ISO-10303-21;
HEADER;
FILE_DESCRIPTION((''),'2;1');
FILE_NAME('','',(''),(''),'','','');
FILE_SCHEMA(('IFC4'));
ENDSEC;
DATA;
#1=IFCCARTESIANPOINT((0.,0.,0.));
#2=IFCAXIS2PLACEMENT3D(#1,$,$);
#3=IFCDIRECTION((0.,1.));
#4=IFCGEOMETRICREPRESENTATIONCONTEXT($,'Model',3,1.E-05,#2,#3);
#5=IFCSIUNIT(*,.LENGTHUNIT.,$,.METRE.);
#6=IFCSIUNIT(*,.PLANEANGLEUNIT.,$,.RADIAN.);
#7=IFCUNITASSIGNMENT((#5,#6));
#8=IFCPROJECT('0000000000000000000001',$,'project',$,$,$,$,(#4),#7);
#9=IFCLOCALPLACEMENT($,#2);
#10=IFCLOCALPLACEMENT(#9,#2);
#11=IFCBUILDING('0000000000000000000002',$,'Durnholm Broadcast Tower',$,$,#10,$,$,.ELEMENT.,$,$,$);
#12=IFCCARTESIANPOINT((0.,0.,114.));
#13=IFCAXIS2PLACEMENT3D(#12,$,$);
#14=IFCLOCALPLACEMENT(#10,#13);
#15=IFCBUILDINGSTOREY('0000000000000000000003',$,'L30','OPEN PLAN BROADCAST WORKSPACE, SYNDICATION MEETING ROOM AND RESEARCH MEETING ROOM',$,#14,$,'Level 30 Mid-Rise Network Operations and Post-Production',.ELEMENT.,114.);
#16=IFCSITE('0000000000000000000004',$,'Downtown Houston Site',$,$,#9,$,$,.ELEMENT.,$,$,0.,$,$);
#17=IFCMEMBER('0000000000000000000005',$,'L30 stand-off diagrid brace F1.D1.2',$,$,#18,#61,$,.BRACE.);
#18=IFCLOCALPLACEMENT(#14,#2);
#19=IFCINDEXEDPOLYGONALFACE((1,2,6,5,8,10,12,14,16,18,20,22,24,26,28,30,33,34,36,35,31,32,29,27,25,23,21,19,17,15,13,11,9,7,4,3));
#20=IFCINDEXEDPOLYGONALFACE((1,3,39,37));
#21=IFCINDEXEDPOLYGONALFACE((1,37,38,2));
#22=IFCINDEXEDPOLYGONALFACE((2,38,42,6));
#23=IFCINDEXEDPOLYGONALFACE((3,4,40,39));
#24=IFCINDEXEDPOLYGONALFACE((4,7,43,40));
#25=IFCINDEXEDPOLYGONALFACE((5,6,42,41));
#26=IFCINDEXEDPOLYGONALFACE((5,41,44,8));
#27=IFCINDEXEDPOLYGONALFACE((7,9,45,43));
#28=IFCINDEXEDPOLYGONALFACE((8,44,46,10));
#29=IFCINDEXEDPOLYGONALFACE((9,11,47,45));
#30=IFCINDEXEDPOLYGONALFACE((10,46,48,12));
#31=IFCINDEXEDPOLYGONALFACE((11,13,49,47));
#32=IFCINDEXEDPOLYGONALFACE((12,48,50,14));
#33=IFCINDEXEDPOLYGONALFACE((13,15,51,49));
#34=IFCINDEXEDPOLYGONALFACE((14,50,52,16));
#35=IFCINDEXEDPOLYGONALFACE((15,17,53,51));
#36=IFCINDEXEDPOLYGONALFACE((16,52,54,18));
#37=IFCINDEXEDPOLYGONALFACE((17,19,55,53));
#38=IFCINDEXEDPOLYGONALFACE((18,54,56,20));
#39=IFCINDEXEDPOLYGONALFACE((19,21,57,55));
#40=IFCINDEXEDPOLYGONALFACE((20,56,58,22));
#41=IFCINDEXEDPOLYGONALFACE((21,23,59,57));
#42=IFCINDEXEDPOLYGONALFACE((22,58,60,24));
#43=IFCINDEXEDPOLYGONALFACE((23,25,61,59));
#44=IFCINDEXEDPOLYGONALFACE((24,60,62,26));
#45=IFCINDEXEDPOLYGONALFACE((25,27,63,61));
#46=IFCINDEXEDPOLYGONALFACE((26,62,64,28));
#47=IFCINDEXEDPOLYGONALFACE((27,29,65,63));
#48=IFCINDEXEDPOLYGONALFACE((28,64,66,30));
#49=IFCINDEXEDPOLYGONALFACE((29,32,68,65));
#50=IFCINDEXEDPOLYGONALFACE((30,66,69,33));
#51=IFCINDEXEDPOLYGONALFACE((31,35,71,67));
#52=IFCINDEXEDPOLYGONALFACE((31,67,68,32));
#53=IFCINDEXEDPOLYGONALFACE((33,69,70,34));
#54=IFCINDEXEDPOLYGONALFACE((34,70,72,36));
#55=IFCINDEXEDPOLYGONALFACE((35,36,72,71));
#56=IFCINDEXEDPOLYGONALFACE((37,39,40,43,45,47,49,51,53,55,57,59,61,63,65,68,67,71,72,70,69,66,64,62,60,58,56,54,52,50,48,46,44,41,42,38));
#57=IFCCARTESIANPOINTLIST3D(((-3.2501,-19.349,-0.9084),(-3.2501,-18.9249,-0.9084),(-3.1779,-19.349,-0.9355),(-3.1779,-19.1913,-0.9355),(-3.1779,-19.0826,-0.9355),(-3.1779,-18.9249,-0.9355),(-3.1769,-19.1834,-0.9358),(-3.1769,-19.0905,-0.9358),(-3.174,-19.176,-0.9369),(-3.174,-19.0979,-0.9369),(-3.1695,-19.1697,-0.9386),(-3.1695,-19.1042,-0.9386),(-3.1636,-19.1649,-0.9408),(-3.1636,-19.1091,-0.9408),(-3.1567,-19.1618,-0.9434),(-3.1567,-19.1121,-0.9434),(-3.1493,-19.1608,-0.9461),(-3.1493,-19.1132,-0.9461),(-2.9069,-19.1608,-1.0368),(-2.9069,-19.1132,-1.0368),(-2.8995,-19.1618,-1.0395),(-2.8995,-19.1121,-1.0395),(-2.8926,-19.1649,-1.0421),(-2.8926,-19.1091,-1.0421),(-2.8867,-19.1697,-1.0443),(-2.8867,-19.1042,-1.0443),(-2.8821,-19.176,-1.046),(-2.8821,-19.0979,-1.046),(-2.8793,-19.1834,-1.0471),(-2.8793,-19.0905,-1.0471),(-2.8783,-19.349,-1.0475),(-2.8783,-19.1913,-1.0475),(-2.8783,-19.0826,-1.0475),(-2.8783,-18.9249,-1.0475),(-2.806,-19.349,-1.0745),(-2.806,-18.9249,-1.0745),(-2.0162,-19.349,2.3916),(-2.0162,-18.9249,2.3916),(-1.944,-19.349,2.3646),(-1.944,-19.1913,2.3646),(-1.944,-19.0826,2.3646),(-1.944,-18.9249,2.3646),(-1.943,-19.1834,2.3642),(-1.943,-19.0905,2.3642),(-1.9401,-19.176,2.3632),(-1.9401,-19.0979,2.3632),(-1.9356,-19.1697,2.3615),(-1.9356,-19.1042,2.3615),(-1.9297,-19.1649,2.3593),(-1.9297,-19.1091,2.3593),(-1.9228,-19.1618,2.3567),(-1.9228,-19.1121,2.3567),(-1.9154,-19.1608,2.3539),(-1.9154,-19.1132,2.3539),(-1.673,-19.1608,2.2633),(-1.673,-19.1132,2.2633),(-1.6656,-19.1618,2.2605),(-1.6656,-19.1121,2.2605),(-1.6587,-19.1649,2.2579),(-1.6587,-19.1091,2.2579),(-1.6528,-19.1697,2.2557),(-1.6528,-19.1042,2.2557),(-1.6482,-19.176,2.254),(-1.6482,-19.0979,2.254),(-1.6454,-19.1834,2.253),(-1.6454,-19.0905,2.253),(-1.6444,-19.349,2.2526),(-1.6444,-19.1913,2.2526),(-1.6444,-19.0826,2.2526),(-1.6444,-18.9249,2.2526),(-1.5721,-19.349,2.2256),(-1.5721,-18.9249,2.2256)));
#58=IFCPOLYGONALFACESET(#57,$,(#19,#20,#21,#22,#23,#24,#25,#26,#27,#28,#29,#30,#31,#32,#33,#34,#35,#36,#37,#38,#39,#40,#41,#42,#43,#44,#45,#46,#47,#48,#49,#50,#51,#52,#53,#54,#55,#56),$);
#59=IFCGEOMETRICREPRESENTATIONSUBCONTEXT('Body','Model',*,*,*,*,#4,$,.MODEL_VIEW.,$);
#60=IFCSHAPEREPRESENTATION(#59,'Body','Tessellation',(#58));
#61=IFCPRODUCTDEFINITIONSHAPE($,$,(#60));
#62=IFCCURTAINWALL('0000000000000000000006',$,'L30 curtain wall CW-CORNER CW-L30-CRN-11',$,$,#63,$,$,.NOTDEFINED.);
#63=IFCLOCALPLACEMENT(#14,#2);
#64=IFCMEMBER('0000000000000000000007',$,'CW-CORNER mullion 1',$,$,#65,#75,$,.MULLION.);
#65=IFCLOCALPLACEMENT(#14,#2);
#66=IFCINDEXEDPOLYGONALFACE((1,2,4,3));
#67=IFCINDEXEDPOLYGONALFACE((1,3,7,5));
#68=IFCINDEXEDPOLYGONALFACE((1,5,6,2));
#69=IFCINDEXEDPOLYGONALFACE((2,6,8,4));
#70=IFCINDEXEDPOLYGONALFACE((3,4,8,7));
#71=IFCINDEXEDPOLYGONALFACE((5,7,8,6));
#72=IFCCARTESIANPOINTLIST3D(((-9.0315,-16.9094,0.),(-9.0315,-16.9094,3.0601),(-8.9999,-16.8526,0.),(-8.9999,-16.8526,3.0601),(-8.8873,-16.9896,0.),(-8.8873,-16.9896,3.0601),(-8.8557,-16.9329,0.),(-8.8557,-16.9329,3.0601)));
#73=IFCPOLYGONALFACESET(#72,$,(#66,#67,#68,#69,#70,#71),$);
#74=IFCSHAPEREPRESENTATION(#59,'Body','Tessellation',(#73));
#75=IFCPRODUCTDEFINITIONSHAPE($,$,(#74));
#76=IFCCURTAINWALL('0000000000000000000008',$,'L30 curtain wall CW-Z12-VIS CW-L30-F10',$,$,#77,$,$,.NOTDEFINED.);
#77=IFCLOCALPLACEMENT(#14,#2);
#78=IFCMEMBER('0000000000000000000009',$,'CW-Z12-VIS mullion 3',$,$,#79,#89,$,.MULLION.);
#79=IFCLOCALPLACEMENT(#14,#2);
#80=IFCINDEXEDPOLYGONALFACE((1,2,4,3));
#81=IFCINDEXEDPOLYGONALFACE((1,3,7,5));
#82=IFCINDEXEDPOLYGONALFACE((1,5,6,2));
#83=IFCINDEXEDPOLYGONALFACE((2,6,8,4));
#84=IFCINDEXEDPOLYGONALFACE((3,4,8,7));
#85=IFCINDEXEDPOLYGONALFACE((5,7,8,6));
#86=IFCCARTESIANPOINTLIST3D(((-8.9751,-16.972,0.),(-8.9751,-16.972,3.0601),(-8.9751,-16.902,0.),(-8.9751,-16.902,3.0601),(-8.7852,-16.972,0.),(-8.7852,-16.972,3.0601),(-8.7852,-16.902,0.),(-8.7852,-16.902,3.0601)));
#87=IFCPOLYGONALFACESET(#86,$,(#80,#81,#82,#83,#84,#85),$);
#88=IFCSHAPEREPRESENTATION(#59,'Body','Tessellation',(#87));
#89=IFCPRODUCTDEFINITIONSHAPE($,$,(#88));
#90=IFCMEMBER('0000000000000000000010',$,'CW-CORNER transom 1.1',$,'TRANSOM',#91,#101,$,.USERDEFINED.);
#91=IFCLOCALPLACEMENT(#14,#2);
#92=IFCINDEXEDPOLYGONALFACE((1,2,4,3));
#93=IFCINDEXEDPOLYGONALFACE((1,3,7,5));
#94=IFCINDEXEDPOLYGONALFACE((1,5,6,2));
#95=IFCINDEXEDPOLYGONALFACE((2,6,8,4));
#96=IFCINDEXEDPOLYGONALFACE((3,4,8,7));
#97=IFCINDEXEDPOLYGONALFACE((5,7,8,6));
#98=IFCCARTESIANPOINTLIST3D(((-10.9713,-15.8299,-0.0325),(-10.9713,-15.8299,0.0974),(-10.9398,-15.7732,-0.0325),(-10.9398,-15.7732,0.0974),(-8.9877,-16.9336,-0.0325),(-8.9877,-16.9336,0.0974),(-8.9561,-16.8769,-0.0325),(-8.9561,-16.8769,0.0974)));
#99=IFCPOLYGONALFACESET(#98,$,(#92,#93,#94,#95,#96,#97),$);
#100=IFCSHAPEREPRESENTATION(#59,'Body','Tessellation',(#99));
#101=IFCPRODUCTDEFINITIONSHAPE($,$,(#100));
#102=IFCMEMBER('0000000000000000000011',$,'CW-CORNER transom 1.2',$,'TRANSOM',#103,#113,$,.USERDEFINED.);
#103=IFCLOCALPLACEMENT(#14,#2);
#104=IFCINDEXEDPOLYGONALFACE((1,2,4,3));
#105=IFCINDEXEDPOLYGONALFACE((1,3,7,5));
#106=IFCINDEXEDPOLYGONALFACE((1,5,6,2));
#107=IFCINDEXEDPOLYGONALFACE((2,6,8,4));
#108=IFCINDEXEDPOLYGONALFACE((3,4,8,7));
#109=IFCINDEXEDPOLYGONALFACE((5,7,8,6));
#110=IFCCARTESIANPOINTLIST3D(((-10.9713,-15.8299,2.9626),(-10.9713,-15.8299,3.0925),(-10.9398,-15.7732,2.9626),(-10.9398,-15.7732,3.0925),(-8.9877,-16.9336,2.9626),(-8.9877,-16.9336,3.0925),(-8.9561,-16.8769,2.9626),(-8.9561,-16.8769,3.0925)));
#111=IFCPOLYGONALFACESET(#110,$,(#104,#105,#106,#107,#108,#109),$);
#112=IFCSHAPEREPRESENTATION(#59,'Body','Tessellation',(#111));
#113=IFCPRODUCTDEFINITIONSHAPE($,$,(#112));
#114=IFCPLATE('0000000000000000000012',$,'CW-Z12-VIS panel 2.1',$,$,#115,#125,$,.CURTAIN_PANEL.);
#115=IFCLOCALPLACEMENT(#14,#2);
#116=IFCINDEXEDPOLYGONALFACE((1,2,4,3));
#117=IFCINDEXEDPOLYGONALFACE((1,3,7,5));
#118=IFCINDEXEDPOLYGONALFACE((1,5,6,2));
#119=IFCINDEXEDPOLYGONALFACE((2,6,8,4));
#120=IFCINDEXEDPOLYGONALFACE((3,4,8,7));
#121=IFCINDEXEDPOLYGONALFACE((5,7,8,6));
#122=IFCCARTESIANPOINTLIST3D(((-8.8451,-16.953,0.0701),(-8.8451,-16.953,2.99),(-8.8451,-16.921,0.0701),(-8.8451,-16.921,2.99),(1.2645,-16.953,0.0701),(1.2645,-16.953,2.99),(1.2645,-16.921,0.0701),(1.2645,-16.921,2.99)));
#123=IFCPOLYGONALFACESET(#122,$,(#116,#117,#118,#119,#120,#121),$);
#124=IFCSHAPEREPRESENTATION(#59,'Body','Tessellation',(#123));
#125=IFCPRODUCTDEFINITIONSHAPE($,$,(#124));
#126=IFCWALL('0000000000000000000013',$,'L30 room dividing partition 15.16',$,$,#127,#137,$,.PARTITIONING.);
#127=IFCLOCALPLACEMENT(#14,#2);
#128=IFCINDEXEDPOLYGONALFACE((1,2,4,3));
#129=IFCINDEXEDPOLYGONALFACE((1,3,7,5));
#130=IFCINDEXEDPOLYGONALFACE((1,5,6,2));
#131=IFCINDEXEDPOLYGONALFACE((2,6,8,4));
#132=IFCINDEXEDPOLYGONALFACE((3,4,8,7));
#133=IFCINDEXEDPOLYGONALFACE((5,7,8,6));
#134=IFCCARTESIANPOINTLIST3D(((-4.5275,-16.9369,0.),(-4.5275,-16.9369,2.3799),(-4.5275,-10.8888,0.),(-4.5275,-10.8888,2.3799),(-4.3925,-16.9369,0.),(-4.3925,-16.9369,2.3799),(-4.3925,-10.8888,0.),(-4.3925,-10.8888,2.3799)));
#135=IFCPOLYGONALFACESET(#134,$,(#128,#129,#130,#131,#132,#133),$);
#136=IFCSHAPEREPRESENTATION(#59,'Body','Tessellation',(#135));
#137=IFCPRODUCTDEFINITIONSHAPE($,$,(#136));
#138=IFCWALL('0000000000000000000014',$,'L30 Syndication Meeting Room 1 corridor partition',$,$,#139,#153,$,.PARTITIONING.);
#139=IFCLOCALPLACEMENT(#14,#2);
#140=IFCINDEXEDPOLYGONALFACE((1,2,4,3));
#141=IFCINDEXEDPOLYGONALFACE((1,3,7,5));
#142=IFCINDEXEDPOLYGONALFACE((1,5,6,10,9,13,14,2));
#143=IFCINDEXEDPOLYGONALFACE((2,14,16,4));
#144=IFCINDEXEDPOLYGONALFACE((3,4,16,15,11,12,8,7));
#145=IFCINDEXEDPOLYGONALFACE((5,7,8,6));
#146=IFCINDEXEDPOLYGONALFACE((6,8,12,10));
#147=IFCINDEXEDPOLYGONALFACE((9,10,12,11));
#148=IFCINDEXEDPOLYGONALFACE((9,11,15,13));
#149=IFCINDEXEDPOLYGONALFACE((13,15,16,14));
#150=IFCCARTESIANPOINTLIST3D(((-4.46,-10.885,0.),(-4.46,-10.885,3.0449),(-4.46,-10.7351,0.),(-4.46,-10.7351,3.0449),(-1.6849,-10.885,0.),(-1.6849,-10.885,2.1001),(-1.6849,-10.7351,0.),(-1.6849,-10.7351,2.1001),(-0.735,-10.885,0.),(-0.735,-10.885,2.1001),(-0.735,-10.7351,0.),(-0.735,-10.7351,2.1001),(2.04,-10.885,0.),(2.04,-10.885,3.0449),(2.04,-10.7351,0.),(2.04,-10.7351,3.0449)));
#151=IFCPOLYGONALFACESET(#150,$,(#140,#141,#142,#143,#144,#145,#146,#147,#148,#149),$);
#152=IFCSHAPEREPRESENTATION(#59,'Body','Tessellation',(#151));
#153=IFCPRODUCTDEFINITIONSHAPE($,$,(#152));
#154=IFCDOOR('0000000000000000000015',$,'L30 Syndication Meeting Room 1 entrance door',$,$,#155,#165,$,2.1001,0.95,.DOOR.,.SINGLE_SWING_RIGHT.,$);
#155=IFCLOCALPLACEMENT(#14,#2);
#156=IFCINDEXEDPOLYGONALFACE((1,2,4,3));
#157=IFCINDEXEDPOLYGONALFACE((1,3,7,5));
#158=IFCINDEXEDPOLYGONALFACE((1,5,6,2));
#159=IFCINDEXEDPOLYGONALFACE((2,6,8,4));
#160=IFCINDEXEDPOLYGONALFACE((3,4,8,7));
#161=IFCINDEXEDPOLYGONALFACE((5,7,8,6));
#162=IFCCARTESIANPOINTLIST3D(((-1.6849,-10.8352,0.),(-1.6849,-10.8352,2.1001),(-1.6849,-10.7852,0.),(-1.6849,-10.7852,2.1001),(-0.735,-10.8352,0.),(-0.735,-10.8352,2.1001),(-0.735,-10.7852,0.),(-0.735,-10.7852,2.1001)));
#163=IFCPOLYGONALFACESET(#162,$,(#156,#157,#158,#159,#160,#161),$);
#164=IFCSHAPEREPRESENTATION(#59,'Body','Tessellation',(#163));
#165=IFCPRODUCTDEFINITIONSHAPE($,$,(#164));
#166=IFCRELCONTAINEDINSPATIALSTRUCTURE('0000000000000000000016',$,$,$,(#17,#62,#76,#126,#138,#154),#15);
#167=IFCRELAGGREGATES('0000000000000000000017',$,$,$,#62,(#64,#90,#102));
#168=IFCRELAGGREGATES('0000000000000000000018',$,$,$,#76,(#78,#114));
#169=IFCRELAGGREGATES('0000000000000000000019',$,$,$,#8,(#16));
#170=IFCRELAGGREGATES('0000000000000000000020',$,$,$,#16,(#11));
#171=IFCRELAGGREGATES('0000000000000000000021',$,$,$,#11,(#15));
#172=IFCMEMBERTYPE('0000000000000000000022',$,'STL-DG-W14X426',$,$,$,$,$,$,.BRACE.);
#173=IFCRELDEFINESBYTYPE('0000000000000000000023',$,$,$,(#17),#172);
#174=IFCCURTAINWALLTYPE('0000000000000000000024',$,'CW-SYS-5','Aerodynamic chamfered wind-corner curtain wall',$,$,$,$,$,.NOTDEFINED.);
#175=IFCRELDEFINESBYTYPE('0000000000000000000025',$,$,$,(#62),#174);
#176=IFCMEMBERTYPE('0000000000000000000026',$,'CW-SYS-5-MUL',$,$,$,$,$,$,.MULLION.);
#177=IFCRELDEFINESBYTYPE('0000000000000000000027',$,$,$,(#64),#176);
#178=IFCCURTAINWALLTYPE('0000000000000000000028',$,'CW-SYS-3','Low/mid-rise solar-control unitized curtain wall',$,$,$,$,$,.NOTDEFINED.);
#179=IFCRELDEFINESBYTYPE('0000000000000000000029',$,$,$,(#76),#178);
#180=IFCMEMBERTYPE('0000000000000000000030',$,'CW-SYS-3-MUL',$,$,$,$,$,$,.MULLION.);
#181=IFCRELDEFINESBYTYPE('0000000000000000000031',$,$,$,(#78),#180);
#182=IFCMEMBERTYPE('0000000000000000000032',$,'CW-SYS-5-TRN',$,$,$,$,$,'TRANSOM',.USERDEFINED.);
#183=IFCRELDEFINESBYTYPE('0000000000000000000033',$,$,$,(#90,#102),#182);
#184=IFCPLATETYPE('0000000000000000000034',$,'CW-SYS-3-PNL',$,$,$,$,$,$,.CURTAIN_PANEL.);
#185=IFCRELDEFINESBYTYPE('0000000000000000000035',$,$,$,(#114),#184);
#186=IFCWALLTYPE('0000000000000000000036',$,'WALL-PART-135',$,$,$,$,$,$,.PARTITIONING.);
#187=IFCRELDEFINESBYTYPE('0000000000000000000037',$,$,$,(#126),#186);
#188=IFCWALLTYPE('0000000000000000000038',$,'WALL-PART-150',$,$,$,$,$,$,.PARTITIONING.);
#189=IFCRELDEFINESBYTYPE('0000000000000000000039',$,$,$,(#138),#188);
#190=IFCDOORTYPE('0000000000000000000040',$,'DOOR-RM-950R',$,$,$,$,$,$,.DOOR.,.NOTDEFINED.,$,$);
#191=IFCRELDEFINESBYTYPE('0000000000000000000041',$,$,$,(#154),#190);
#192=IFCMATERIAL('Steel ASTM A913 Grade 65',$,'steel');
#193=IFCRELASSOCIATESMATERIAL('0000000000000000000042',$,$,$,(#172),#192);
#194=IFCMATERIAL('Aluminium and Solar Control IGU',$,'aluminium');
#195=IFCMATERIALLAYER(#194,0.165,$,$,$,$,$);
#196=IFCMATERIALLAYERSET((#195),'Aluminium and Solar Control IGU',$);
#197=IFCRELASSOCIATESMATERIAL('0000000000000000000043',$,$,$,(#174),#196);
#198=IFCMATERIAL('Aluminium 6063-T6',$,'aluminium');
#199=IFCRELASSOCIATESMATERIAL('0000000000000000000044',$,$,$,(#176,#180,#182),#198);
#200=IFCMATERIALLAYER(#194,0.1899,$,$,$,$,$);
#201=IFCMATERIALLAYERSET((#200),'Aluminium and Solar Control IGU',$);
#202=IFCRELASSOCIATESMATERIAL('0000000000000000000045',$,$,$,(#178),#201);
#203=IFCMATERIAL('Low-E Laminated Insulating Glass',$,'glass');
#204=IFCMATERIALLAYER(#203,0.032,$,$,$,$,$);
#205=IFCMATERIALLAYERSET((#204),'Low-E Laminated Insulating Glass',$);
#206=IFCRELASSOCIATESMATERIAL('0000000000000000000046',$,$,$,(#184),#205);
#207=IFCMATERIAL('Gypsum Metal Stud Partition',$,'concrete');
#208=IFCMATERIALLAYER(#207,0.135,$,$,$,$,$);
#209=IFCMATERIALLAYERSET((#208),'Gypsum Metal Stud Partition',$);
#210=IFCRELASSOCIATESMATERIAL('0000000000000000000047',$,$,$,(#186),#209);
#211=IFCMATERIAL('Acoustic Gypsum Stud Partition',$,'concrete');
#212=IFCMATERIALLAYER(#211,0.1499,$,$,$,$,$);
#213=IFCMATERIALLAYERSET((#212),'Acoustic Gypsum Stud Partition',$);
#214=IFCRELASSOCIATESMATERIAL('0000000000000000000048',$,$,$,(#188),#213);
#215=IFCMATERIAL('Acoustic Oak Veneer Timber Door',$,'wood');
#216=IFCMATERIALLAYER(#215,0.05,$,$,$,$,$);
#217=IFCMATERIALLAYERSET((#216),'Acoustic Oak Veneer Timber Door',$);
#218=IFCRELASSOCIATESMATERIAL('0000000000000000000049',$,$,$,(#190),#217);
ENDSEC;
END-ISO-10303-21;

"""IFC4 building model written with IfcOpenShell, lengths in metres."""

from ifc_helpers import new_model, si_unit, direction, frame, frame_2d, origin, origin_2d, place, context, subcontext, project, spatial, rectangle, i_section, extrude, source, transform, mapped, material, layer, layer_set, material_profile, profile_set, type_object, type_shapes, element, fill, aggregate, save


model = new_model("IFC4")

# Units and contexts
model_context = context("Model", 3, precision=1e-05, world=origin(), true_north=direction((0.0, 1.0)))
body_context = subcontext(model_context, "Body", "Model", "MODEL_VIEW")
ifc_project = project(units=[si_unit("LENGTHUNIT", "METRE"), si_unit("PLANEANGLEUNIT", "RADIAN")], contexts=[model_context])

# Site, building, storey
site_placement = place(None, origin())
site = spatial("IfcSite", under=ifc_project, at=site_placement, Name="Downtown Houston Site", CompositionType="ELEMENT", RefElevation=0.0)
building_placement = place(site_placement, origin())
building = spatial("IfcBuilding", under=site, at=building_placement, Name="Durnholm Broadcast Tower", CompositionType="ELEMENT")
storey_placement = place(building_placement, frame((0.0, 0.0, 114.0)))
storey = spatial("IfcBuildingStorey", under=building, at=storey_placement, Name="L30", Description="OPEN PLAN BROADCAST WORKSPACE, SYNDICATION MEETING ROOM AND RESEARCH MEETING ROOM", LongName="Level 30 Mid-Rise Network Operations and Post-Production", CompositionType="ELEMENT", Elevation=114.0)

# Member
ifc_material_1 = material(Name="Steel ASTM A913 Grade 65", Category="steel")
ifc_material_profile_1 = material_profile(ifc_material_1, i_section(OverallWidth=0.4241, OverallDepth=0.4741, WebThickness=0.0476, FlangeThickness=0.0771, FilletRadius=0.0305, at=origin_2d()), Name="W14X426")
ifc_profile_set_1 = profile_set([ifc_material_profile_1], Name="Steel ASTM A913 Grade 65")
member_type_1 = type_object("IfcMemberType", Name="STL-DG-W14X426", PredefinedType="BRACE", material=ifc_profile_set_1)
shared_shape_1 = source(origin(), body_context, "Body", "SweptSolid", [
    extrude(i_section(OverallWidth=0.4241, OverallDepth=0.4741, WebThickness=0.0476, FlangeThickness=0.0771, FilletRadius=0.0305, at=origin_2d()), origin(), (0.0, 0.0, 1.0), 3.5232),
])
type_shapes(member_type_1, [shared_shape_1])
for number, where, z_axis, x_axis, name in (
    (1, (-3.0281, -19.137, -0.9915), (0.35022, 0.0, 0.936668), (0.0, 1.0, 0.0), "L30 stand-off diagrid brace F1.D1.2"),
):
    element("IfcMember", number, at=place(storey_placement, frame(where, z_axis=z_axis, x_axis=x_axis)), inside=storey, type_object=member_type_1, Name=name, PredefinedType="BRACE", context=body_context, shape_type="MappedRepresentation", body=[
        mapped(shared_shape_1, transform((0.0, 0.0, 0.0), x_axis=(1.0, 0.0, 0.0), y_axis=(0.0, 1.0, 0.0), z_axis=(0.0, 0.0, 1.0), scale=1.0)),
    ])

# Curtain walls, members
ifc_material_2 = material(Name="Aluminium and Solar Control IGU", Category="aluminium")
ifc_layer_1 = layer(ifc_material_2, 0.165)
ifc_layer_set_1 = layer_set([ifc_layer_1], Name="Aluminium and Solar Control IGU")
curtain_wall_type_1 = type_object("IfcCurtainWallType", Name="CW-SYS-5", Description="Aerodynamic chamfered wind-corner curtain wall", PredefinedType="NOTDEFINED", material=ifc_layer_set_1)
curtain_wall_1_placement = place(storey_placement, origin())
curtain_wall_1 = element("IfcCurtainWall", 2, at=curtain_wall_1_placement, inside=storey, type_object=curtain_wall_type_1, Name="L30 curtain wall CW-CORNER CW-L30-CRN-11", PredefinedType="NOTDEFINED")
ifc_material_3 = material(Name="Aluminium 6063-T6", Category="aluminium")
ifc_material_profile_2 = material_profile(ifc_material_3, rectangle(XDim=0.0649, YDim=0.165, at=origin_2d()), Name="CWM65X165")
ifc_profile_set_2 = profile_set([ifc_material_profile_2], Name="Aluminium 6063-T6")
member_type_2 = type_object("IfcMemberType", Name="CW-SYS-5-MUL", PredefinedType="MULLION", material=ifc_profile_set_2)
shared_shape_2 = source(origin(), body_context, "Body", "SweptSolid", [
    extrude(rectangle(XDim=0.0649, YDim=0.165, at=origin_2d()), origin(), (0.0, 0.0, 1.0), 3.0601),
])
type_shapes(member_type_2, [shared_shape_2])
member_1_placement = place(storey_placement, frame((-8.9436, -16.9211, 0.0), z_axis=(0.0, 0.0, 1.0), x_axis=(-0.486244, -0.873823, 0.0)))
member_1 = element("IfcMember", 3, at=member_1_placement, type_object=member_type_2, Name="CW-CORNER mullion 1", PredefinedType="MULLION", context=body_context, shape_type="MappedRepresentation", body=[
    mapped(shared_shape_2, transform((0.0, 0.0, 0.0), x_axis=(1.0, 0.0, 0.0), y_axis=(0.0, 1.0, 0.0), z_axis=(0.0, 0.0, 1.0), scale=1.0)),
])
ifc_layer_2 = layer(ifc_material_2, 0.1899)
ifc_layer_set_2 = layer_set([ifc_layer_2], Name="Aluminium and Solar Control IGU")
curtain_wall_type_2 = type_object("IfcCurtainWallType", Name="CW-SYS-3", Description="Low/mid-rise solar-control unitized curtain wall", PredefinedType="NOTDEFINED", material=ifc_layer_set_2)
curtain_wall_2_placement = place(storey_placement, origin())
curtain_wall_2 = element("IfcCurtainWall", 4, at=curtain_wall_2_placement, inside=storey, type_object=curtain_wall_type_2, Name="L30 curtain wall CW-Z12-VIS CW-L30-F10", PredefinedType="NOTDEFINED")
ifc_material_profile_3 = material_profile(ifc_material_3, rectangle(XDim=0.0701, YDim=0.1899, at=origin_2d()), Name="CWM70X190")
ifc_profile_set_3 = profile_set([ifc_material_profile_3], Name="Aluminium 6063-T6")
member_type_3 = type_object("IfcMemberType", Name="CW-SYS-3-MUL", PredefinedType="MULLION", material=ifc_profile_set_3)
shared_shape_3 = source(origin(), body_context, "Body", "SweptSolid", [
    extrude(rectangle(XDim=0.0701, YDim=0.1899, at=origin_2d()), origin(), (0.0, 0.0, 1.0), 3.0601),
])
type_shapes(member_type_3, [shared_shape_3])
member_2_placement = place(storey_placement, frame((-8.8801, -16.937, 0.0), z_axis=(0.0, 0.0, 1.0), x_axis=(0.0, -1.0, 0.0)))
member_2 = element("IfcMember", 5, at=member_2_placement, type_object=member_type_3, Name="CW-Z12-VIS mullion 3", PredefinedType="MULLION", context=body_context, shape_type="MappedRepresentation", body=[
    mapped(shared_shape_3, transform((0.0, 0.0, 0.0), x_axis=(1.0, 0.0, 0.0), y_axis=(0.0, 1.0, 0.0), z_axis=(0.0, 0.0, 1.0), scale=1.0)),
])

# Members
ifc_material_profile_4 = material_profile(ifc_material_3, rectangle(XDim=0.0649, YDim=0.1299, at=origin_2d()), Name="CWT65X130")
ifc_profile_set_4 = profile_set([ifc_material_profile_4], Name="Aluminium 6063-T6")
member_type_4 = type_object("IfcMemberType", Name="CW-SYS-5-TRN", ElementType="TRANSOM", PredefinedType="USERDEFINED", material=ifc_profile_set_4)
shared_shape_4 = source(origin(), body_context, "Body", "SweptSolid", [
    extrude(rectangle(XDim=0.0649, YDim=0.1299, at=origin_2d()), origin(), (0.0, 0.0, 1.0), 2.27),
])
type_shapes(member_type_4, [shared_shape_4])
member_3_placement = place(storey_placement, frame((-8.9719, -16.9053, 0.0325), z_axis=(-0.873832, 0.486227, 0.0), x_axis=(-0.486227, -0.873832, 0.0)))
member_3 = element("IfcMember", 6, at=member_3_placement, type_object=member_type_4, Name="CW-CORNER transom 1.1", ObjectType="TRANSOM", PredefinedType="USERDEFINED", context=body_context, shape_type="MappedRepresentation", body=[
    mapped(shared_shape_4, transform((0.0, 0.0, 0.0), x_axis=(1.0, 0.0, 0.0), y_axis=(0.0, 1.0, 0.0), z_axis=(0.0, 0.0, 1.0), scale=1.0)),
])
member_4_placement = place(storey_placement, frame((-8.9719, -16.9053, 3.0276), z_axis=(-0.873832, 0.486227, 0.0), x_axis=(-0.486227, -0.873832, 0.0)))
member_4 = element("IfcMember", 7, at=member_4_placement, type_object=member_type_4, Name="CW-CORNER transom 1.2", ObjectType="TRANSOM", PredefinedType="USERDEFINED", context=body_context, shape_type="MappedRepresentation", body=[
    mapped(shared_shape_4, transform((0.0, 0.0, 0.0), x_axis=(1.0, 0.0, 0.0), y_axis=(0.0, 1.0, 0.0), z_axis=(0.0, 0.0, 1.0), scale=1.0)),
])
aggregate(curtain_wall_1, [member_1, member_3, member_4])

# Plate
ifc_material_4 = material(Name="Low-E Laminated Insulating Glass", Category="glass")
ifc_layer_3 = layer(ifc_material_4, 0.032)
ifc_layer_set_3 = layer_set([ifc_layer_3], Name="Low-E Laminated Insulating Glass")
plate_type = type_object("IfcPlateType", Name="CW-SYS-3-PNL", PredefinedType="CURTAIN_PANEL", material=ifc_layer_set_3)
shared_shape_5 = source(origin(), body_context, "Body", "SweptSolid", [
    extrude(rectangle(XDim=10.1096, YDim=0.032, at=origin_2d()), origin(), (0.0, 0.0, 1.0), 2.9199),
])
type_shapes(plate_type, [shared_shape_5])
plate_placement = place(storey_placement, frame((-3.7903, -16.937, 0.0701), z_axis=(0.0, 0.0, 1.0), x_axis=(-1.0, 0.0, 0.0)))
plate = element("IfcPlate", 8, at=plate_placement, type_object=plate_type, Name="CW-Z12-VIS panel 2.1", PredefinedType="CURTAIN_PANEL", context=body_context, shape_type="MappedRepresentation", body=[
    mapped(shared_shape_5, transform((0.0, 0.0, 0.0), x_axis=(1.0, 0.0, 0.0), y_axis=(0.0, 1.0, 0.0), z_axis=(0.0, 0.0, 1.0), scale=1.0)),
])
aggregate(curtain_wall_2, [member_2, plate])

# Wall
ifc_material_5 = material(Name="Gypsum Metal Stud Partition", Category="concrete")
ifc_layer_4 = layer(ifc_material_5, 0.135)
ifc_layer_set_4 = layer_set([ifc_layer_4], Name="Gypsum Metal Stud Partition")
wall_type_1 = type_object("IfcWallType", Name="WALL-PART-135", PredefinedType="PARTITIONING", material=ifc_layer_set_4)
wall_1_placement = place(storey_placement, frame((-4.46, -10.8889, 0.0), z_axis=(0.0, 0.0, 1.0), x_axis=(0.0, -1.0, 0.0)))
element("IfcWall", 9, at=wall_1_placement, inside=storey, type_object=wall_type_1, Name="L30 room dividing partition 15.16", PredefinedType="PARTITIONING", context=body_context, shape_type="SweptSolid", body=[
    extrude(rectangle(XDim=6.0481, YDim=0.135, at=frame_2d((3.0239, 0.0))), origin(), (0.0, 0.0, 1.0), 2.3799),
])

# Wall, opening, door
ifc_material_6 = material(Name="Acoustic Gypsum Stud Partition", Category="concrete")
ifc_layer_5 = layer(ifc_material_6, 0.1499)
ifc_layer_set_5 = layer_set([ifc_layer_5], Name="Acoustic Gypsum Stud Partition")
wall_type_2 = type_object("IfcWallType", Name="WALL-PART-150", PredefinedType="PARTITIONING", material=ifc_layer_set_5)
wall_2_placement = place(storey_placement, frame((-4.46, -10.8101, 0.0), z_axis=(0.0, 0.0, 1.0), x_axis=(1.0, 0.0, 0.0)))
wall_2 = element("IfcWall", 10, at=wall_2_placement, inside=storey, type_object=wall_type_2, Name="L30 Syndication Meeting Room 1 corridor partition", PredefinedType="PARTITIONING", context=body_context, shape_type="SweptSolid", body=[
    extrude(rectangle(XDim=6.5, YDim=0.1499, at=frame_2d((3.25, 0.0))), origin(), (0.0, 0.0, 1.0), 3.0449),
])
opening_1_placement = place(wall_2_placement, frame((2.7749, 0.0, 0.0)))
opening_1 = element("IfcOpeningElement", 11, at=opening_1_placement, cuts=wall_2, PredefinedType="OPENING", context=body_context, shape_type="SweptSolid", body=[
    extrude(rectangle(XDim=0.95, YDim=2.1001, at=frame_2d((0.4751, 1.05))), frame((0.0, 0.085, 0.0), z_axis=(0.0, -1.0, 0.0), x_axis=(1.0, 0.0, 0.0)), (0.0, 0.0, 1.0), 0.1699),
])
ifc_material_7 = material(Name="Acoustic Oak Veneer Timber Door", Category="wood")
ifc_layer_6 = layer(ifc_material_7, 0.05)
ifc_layer_set_6 = layer_set([ifc_layer_6], Name="Acoustic Oak Veneer Timber Door")
door_type_1 = type_object("IfcDoorType", Name="DOOR-RM-950R", OperationType="NOTDEFINED", PredefinedType="DOOR", material=ifc_layer_set_6)
shared_shape_6 = source(origin(), body_context, "Body", "SweptSolid", [
    extrude(rectangle(XDim=0.95, YDim=2.1001, at=frame_2d((0.4751, 1.05))), frame((0.0, 0.0249, 0.0), z_axis=(0.0, -1.0, 0.0), x_axis=(1.0, 0.0, 0.0)), (0.0, 0.0, 1.0), 0.05),
])
type_shapes(door_type_1, [shared_shape_6])
door_1_placement = place(opening_1_placement, origin())
door_1 = element("IfcDoor", 12, at=door_1_placement, inside=storey, type_object=door_type_1, Name="L30 Syndication Meeting Room 1 entrance door", OperationType="SINGLE_SWING_RIGHT", OverallHeight=2.1001, OverallWidth=0.95, PredefinedType="DOOR", context=body_context, shape_type="MappedRepresentation", body=[
    mapped(shared_shape_6, transform((0.0, 0.0, 0.0), x_axis=(1.0, 0.0, 0.0), y_axis=(0.0, 1.0, 0.0), z_axis=(0.0, 0.0, 1.0), scale=1.0)),
])
fill(opening_1, door_1)

save(model, "model.ifc")
